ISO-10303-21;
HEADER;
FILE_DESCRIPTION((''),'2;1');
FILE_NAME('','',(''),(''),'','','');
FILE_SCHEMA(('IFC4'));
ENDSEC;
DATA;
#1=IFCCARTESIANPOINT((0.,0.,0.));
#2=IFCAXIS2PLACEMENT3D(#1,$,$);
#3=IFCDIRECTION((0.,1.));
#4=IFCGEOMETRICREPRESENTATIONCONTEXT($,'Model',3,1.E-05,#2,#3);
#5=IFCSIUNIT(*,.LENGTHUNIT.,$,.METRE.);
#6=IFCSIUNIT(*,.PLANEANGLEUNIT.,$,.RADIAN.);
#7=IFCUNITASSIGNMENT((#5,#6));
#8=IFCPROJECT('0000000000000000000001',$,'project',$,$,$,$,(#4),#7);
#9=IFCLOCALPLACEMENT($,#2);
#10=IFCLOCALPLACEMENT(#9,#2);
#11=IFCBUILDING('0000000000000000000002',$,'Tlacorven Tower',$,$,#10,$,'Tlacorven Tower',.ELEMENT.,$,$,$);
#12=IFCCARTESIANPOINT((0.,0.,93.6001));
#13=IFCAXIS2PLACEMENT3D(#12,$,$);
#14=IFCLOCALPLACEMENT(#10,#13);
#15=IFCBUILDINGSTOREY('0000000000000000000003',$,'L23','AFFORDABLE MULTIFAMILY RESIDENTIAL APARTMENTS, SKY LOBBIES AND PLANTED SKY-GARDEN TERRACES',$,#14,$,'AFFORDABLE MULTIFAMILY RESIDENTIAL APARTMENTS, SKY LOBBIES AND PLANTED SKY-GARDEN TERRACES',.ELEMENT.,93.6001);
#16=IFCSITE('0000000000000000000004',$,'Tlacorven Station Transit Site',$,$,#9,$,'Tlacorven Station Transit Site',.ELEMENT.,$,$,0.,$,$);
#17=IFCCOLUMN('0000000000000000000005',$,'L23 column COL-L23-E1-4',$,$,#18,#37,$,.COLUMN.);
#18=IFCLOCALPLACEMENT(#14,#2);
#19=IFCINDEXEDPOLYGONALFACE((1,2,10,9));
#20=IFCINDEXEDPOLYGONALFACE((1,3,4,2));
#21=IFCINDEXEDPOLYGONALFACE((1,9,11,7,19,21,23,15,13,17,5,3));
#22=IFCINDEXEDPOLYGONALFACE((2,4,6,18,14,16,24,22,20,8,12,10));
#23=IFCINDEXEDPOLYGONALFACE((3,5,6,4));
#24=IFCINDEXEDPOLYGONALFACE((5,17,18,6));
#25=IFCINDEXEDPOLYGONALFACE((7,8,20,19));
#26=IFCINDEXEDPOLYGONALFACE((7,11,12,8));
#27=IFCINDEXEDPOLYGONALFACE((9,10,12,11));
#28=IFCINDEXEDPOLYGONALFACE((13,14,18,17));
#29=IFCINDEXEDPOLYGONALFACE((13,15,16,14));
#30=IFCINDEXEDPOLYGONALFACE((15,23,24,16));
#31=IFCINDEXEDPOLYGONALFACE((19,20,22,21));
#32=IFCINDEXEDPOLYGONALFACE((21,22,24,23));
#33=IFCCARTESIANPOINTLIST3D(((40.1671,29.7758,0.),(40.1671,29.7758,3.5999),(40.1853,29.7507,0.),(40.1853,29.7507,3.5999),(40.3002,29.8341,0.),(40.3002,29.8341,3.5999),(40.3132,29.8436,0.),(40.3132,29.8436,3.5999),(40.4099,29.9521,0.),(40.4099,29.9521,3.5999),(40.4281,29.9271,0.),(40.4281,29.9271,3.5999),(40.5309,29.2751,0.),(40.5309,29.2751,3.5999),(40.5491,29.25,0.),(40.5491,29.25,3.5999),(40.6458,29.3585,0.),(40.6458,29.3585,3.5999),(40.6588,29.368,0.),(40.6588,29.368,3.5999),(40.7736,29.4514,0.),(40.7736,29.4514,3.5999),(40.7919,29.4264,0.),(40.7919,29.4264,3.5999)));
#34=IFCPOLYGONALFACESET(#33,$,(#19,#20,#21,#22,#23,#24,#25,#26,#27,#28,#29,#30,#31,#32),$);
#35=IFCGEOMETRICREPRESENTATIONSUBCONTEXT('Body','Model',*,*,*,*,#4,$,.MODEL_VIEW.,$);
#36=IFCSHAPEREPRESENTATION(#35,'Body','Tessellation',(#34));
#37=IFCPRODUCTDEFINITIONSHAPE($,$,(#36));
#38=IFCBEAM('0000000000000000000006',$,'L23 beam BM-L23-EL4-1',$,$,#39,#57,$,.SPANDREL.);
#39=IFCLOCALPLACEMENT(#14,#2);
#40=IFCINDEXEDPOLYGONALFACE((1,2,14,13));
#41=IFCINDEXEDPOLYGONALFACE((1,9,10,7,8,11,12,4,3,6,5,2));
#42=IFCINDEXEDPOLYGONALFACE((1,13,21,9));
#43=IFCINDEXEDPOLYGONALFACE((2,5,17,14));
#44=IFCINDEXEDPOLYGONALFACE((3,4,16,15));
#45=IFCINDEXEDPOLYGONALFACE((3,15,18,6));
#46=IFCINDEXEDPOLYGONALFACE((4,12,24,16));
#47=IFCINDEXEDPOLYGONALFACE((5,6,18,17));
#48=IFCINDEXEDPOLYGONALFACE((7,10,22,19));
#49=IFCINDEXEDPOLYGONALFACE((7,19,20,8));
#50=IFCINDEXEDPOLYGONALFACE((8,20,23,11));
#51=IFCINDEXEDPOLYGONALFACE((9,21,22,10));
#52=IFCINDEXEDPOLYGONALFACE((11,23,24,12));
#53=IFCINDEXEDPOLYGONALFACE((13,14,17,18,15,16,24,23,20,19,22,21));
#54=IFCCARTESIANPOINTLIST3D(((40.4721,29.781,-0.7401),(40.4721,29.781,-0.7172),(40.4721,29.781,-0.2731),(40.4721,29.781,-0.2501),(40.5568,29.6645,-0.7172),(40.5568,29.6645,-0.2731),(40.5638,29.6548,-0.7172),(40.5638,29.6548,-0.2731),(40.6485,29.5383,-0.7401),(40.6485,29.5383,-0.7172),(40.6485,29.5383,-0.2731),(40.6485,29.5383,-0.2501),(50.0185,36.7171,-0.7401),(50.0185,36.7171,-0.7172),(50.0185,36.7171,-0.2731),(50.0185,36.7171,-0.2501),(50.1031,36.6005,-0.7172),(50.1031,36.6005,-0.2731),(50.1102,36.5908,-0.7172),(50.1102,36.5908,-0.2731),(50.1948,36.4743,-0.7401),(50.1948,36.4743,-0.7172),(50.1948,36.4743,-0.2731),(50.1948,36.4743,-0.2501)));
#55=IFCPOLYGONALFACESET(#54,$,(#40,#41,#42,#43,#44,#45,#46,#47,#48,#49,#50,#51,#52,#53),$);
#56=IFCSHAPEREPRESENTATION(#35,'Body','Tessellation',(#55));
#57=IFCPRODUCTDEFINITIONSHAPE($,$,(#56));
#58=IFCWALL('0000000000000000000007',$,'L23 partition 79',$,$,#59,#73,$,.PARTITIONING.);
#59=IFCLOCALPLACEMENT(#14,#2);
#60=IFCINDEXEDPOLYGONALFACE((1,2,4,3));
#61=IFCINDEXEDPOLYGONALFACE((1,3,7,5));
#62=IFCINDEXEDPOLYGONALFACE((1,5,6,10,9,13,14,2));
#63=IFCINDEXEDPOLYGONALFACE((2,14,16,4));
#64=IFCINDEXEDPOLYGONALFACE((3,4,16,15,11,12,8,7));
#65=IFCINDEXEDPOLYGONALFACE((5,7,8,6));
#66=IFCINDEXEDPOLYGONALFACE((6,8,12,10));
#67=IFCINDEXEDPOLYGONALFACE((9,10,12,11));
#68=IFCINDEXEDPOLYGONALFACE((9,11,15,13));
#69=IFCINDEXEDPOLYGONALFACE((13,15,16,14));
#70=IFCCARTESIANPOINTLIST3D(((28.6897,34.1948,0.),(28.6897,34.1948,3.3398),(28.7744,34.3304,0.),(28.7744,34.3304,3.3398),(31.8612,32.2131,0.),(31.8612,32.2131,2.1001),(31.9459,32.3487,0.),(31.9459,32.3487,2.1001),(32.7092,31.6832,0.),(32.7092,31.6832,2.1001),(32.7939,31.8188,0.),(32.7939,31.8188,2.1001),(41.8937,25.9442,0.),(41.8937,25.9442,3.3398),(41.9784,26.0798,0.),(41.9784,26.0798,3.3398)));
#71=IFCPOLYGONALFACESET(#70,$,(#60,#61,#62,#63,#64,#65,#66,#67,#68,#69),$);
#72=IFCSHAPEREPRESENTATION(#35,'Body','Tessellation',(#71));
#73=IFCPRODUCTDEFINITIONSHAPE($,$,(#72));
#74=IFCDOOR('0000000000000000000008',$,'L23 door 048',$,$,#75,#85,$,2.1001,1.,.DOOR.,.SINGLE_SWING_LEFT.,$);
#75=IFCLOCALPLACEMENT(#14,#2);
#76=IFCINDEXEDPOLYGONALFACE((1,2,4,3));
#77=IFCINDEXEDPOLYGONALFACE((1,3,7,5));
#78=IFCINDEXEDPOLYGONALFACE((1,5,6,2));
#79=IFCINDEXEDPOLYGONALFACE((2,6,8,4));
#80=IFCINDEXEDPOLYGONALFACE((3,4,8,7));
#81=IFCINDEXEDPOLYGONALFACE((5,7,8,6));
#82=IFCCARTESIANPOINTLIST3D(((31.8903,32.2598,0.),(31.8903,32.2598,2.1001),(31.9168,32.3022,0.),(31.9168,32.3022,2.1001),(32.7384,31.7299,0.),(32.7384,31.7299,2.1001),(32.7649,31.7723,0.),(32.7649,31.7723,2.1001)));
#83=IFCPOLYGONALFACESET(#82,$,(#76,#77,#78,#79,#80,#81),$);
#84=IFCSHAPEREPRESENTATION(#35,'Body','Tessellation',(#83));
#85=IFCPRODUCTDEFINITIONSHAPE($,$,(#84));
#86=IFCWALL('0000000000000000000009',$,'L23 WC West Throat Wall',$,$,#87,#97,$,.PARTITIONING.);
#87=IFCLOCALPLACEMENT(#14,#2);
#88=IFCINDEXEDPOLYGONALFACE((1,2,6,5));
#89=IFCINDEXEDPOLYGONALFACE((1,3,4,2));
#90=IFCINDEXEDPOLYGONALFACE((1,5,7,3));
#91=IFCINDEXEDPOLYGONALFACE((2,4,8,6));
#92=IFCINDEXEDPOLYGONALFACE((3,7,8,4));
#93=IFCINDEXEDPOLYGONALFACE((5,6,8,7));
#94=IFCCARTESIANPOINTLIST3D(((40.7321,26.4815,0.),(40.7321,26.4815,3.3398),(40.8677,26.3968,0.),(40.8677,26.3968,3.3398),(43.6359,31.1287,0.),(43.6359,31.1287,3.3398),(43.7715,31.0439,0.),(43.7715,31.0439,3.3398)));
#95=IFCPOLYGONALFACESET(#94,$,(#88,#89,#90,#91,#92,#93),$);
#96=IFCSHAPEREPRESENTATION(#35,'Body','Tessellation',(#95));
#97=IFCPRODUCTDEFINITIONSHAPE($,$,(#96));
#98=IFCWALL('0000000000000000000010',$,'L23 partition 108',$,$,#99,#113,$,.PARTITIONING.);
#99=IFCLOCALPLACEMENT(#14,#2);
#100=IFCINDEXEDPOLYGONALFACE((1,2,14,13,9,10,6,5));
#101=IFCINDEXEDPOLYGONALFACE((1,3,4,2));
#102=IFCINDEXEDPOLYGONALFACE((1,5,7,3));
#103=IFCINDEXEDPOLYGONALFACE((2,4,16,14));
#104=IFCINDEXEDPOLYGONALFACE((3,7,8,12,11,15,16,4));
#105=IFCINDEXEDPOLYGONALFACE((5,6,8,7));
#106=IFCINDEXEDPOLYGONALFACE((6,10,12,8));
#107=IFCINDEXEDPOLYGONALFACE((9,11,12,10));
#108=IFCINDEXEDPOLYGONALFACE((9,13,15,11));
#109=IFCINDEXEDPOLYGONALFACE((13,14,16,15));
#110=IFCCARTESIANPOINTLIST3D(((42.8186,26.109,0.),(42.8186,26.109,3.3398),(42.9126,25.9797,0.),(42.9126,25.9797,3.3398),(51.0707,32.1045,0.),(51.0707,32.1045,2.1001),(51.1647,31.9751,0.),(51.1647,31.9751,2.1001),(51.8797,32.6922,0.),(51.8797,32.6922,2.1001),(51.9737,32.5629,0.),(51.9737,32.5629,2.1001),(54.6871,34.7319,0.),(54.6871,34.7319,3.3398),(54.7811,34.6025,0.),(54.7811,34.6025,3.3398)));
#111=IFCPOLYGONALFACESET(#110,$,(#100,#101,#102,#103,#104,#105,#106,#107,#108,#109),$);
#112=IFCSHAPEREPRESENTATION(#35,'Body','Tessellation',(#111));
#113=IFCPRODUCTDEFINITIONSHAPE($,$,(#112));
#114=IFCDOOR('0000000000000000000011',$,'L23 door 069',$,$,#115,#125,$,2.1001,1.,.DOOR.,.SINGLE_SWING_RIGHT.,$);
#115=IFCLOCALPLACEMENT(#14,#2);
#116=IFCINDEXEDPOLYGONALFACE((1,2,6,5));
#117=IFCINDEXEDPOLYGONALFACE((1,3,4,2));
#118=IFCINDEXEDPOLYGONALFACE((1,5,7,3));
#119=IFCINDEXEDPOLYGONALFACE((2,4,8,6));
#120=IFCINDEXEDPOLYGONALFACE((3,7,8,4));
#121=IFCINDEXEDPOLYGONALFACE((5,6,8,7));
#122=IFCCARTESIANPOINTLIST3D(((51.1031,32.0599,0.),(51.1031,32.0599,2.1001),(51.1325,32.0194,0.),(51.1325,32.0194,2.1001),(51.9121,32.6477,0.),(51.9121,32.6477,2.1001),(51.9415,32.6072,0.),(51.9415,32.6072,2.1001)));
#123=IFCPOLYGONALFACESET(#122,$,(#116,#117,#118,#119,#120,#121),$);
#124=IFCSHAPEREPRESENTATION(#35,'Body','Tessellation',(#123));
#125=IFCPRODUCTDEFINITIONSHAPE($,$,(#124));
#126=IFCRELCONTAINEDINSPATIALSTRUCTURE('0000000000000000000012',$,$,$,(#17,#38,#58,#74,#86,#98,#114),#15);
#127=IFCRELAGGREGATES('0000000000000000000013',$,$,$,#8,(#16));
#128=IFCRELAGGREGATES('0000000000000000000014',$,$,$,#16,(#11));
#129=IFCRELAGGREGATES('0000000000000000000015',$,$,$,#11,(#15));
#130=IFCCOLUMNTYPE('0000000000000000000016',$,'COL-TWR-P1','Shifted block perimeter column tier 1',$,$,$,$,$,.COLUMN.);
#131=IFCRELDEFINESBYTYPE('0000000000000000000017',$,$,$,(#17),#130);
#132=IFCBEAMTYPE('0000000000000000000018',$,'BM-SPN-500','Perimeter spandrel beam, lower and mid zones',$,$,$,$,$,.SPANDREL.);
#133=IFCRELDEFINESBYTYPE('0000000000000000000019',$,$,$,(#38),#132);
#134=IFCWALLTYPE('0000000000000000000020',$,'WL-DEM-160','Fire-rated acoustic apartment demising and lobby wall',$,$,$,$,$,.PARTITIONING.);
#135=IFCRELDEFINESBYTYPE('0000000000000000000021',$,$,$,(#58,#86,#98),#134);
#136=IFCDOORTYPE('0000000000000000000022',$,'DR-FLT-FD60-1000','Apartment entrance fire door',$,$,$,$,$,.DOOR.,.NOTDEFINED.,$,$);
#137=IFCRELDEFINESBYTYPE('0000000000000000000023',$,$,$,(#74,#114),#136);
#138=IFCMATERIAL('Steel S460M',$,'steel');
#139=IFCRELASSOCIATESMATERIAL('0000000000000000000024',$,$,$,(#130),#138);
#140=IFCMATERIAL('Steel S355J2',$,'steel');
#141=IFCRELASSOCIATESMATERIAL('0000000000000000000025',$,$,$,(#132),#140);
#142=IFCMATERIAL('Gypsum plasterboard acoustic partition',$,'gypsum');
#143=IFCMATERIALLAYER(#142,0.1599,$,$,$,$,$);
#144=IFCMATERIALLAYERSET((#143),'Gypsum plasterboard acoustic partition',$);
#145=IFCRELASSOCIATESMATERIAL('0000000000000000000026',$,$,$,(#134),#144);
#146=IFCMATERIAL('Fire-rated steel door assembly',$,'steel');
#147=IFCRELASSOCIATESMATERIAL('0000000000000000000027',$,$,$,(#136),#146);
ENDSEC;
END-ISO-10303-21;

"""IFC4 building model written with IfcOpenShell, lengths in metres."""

from ifc_helpers import new_model, si_unit, direction, frame, frame_2d, origin, origin_2d, place, context, subcontext, project, spatial, rectangle, i_section, extrude, source, transform, mapped, material, layer, layer_set, material_profile, profile_set, type_object, element, fill, save


model = new_model("IFC4")

# Units and contexts
model_context = context("Model", 3, precision=1e-05, world=origin(), true_north=direction((0.0, 1.0)))
body_context = subcontext(model_context, "Body", "Model", "MODEL_VIEW")
ifc_project = project(units=[si_unit("LENGTHUNIT", "METRE"), si_unit("PLANEANGLEUNIT", "RADIAN")], contexts=[model_context])

# Site, building, storey
site_placement = place(None, origin())
site = spatial("IfcSite", under=ifc_project, at=site_placement, Name="Tlacorven Station Transit Site", LongName="Tlacorven Station Transit Site", CompositionType="ELEMENT", RefElevation=0.0)
building_placement = place(site_placement, origin())
building = spatial("IfcBuilding", under=site, at=building_placement, Name="Tlacorven Tower", LongName="Tlacorven Tower", CompositionType="ELEMENT")
storey_placement = place(building_placement, frame((0.0, 0.0, 93.6001)))
storey = spatial("IfcBuildingStorey", under=building, at=storey_placement, Name="L23", Description="AFFORDABLE MULTIFAMILY RESIDENTIAL APARTMENTS, SKY LOBBIES AND PLANTED SKY-GARDEN TERRACES", LongName="AFFORDABLE MULTIFAMILY RESIDENTIAL APARTMENTS, SKY LOBBIES AND PLANTED SKY-GARDEN TERRACES", CompositionType="ELEMENT", Elevation=93.6001)

# Column
ifc_material_1 = material(Name="Steel S460M", Category="steel")
ifc_material_profile_1 = material_profile(ifc_material_1, i_section(OverallWidth=0.3, OverallDepth=0.6499, WebThickness=0.0161, FlangeThickness=0.031, at=origin_2d()), Name="HEB 650")
ifc_profile_set_1 = profile_set([ifc_material_profile_1], Name="Steel S460M")
column_type = type_object("IfcColumnType", Name="COL-TWR-P1", Description="Shifted block perimeter column tier 1", PredefinedType="COLUMN", material=ifc_profile_set_1)
shared_shape_1 = source(origin(), body_context, "Body", "SweptSolid", [
    extrude(i_section(OverallWidth=0.3, OverallDepth=0.6499, WebThickness=0.0161, FlangeThickness=0.031, at=origin_2d()), origin(), (0.0, 0.0, 1.0), 3.5999),
])
column_placement = place(storey_placement, frame((40.4795, 29.6011, 0.0), z_axis=(0.0, 0.0, 1.0), x_axis=(0.809017, 0.587785, 0.0)))
element("IfcColumn", 1, at=column_placement, inside=storey, type_object=column_type, Name="L23 column COL-L23-E1-4", PredefinedType="COLUMN", context=body_context, shape_type="MappedRepresentation", body=[
    mapped(shared_shape_1, transform((0.0, 0.0, 0.0), scale=1.0)),
])

# Beam
ifc_material_2 = material(Name="Steel S355J2", Category="steel")
ifc_material_profile_2 = material_profile(ifc_material_2, i_section(OverallWidth=0.3, OverallDepth=0.49, WebThickness=0.012, FlangeThickness=0.0229, at=origin_2d()), Name="HEA 500")
ifc_profile_set_2 = profile_set([ifc_material_profile_2], Name="Steel S355J2")
beam_type = type_object("IfcBeamType", Name="BM-SPN-500", Description="Perimeter spandrel beam, lower and mid zones", PredefinedType="SPANDREL", material=ifc_profile_set_2)
shared_shape_2 = source(origin(), body_context, "Body", "SweptSolid", [
    extrude(i_section(OverallWidth=0.3, OverallDepth=0.49, WebThickness=0.012, FlangeThickness=0.0229, at=origin_2d()), origin(), (0.0, 0.0, 1.0), 11.8),
])
beam_placement = place(storey_placement, frame((40.5603, 29.6597, -0.4951), z_axis=(0.80901, 0.587795, 0.0), x_axis=(-0.587795, 0.80901, 0.0)))
element("IfcBeam", 2, at=beam_placement, inside=storey, type_object=beam_type, Name="L23 beam BM-L23-EL4-1", PredefinedType="SPANDREL", context=body_context, shape_type="MappedRepresentation", body=[
    mapped(shared_shape_2, transform((0.0, 0.0, 0.0), scale=1.0)),
])

# Wall, opening, door
ifc_material_3 = material(Name="Gypsum plasterboard acoustic partition", Category="gypsum")
ifc_layer_1 = layer(ifc_material_3, 0.1599)
ifc_layer_set_1 = layer_set([ifc_layer_1], Name="Gypsum plasterboard acoustic partition")
wall_type_1 = type_object("IfcWallType", Name="WL-DEM-160", Description="Fire-rated acoustic apartment demising and lobby wall", PredefinedType="PARTITIONING", material=ifc_layer_set_1)
wall_1_placement = place(storey_placement, frame((41.936, 26.012, 0.0), z_axis=(0.0, 0.0, 1.0), x_axis=(-0.848051, 0.529914, 0.0)))
wall_1 = element("IfcWall", 3, at=wall_1_placement, inside=storey, type_object=wall_type_1, Name="L23 partition 79", PredefinedType="PARTITIONING", context=body_context, shape_type="SweptSolid", body=[
    extrude(rectangle(XDim=15.5698, YDim=0.1599, at=frame_2d((7.7849, 0.0))), origin(), (0.0, 0.0, 1.0), 3.3398),
])
opening_1_placement = place(wall_1_placement, frame((10.8301, 0.0, 0.0)))
opening_1 = element("IfcOpeningElement", 4, at=opening_1_placement, cuts=wall_1, PredefinedType="OPENING", context=body_context, shape_type="SweptSolid", body=[
    extrude(rectangle(XDim=1.0, YDim=2.1001, at=frame_2d((0.5, 1.05))), frame((0.0, 0.0898, 0.0), z_axis=(0.0, -1.0, 0.0), x_axis=(1.0, 0.0, 0.0)), (0.0, 0.0, 1.0), 0.1799),
])
ifc_material_4 = material(Name="Fire-rated steel door assembly", Category="steel")
door_type_1 = type_object("IfcDoorType", Name="DR-FLT-FD60-1000", Description="Apartment entrance fire door", OperationType="NOTDEFINED", PredefinedType="DOOR", material=ifc_material_4)
shared_shape_3 = source(origin(), body_context, "Body", "SweptSolid", [
    extrude(rectangle(XDim=1.0, YDim=2.1001, at=frame_2d((0.5, 1.05))), frame((0.0, 0.0249, 0.0), z_axis=(0.0, -1.0, 0.0), x_axis=(1.0, 0.0, 0.0)), (0.0, 0.0, 1.0), 0.05),
])
door_1_placement = place(opening_1_placement, origin())
door_1 = element("IfcDoor", 5, at=door_1_placement, inside=storey, type_object=door_type_1, Name="L23 door 048", OperationType="SINGLE_SWING_LEFT", OverallHeight=2.1001, OverallWidth=1.0, PredefinedType="DOOR", context=body_context, shape_type="MappedRepresentation", body=[
    mapped(shared_shape_3, transform((0.0, 0.0, 0.0), scale=1.0)),
])
fill(opening_1, door_1)

# Wall
wall_2_placement = place(storey_placement, frame((43.7036, 31.0862, 0.0), z_axis=(0.0, 0.0, 1.0), x_axis=(-0.529907, -0.848056, 0.0)))
element("IfcWall", 6, at=wall_2_placement, inside=storey, type_object=wall_type_1, Name="L23 WC West Throat Wall", PredefinedType="PARTITIONING", context=body_context, shape_type="SweptSolid", body=[
    extrude(rectangle(XDim=5.4797, YDim=0.1599, at=frame_2d((2.7397, 0.0))), origin(), (0.0, 0.0, 1.0), 3.3398),
])

# Wall, opening, door
wall_3_placement = place(storey_placement, frame((42.8657, 26.0444, 0.0), z_axis=(0.0, 0.0, 1.0), x_axis=(0.80902, 0.587781, 0.0)))
wall_3 = element("IfcWall", 7, at=wall_3_placement, inside=storey, type_object=wall_type_1, Name="L23 partition 108", PredefinedType="PARTITIONING", context=body_context, shape_type="SweptSolid", body=[
    extrude(rectangle(XDim=14.6702, YDim=0.1599, at=frame_2d((7.335, 0.0))), origin(), (0.0, 0.0, 1.0), 3.3398),
])
opening_2_placement = place(wall_3_placement, frame((10.2, 0.0, 0.0)))
opening_2 = element("IfcOpeningElement", 8, at=opening_2_placement, cuts=wall_3, PredefinedType="OPENING", context=body_context, shape_type="SweptSolid", body=[
    extrude(rectangle(XDim=1.0, YDim=2.1001, at=frame_2d((0.5, 1.05))), frame((0.0, 0.0898, 0.0), z_axis=(0.0, -1.0, 0.0), x_axis=(1.0, 0.0, 0.0)), (0.0, 0.0, 1.0), 0.1799),
])
door_2_placement = place(opening_2_placement, origin())
door_2 = element("IfcDoor", 9, at=door_2_placement, inside=storey, type_object=door_type_1, Name="L23 door 069", OperationType="SINGLE_SWING_RIGHT", OverallHeight=2.1001, OverallWidth=1.0, PredefinedType="DOOR", context=body_context, shape_type="MappedRepresentation", body=[
    mapped(shared_shape_3, transform((0.0, 0.0, 0.0), scale=1.0)),
])
fill(opening_2, door_2)

save(model, "model.ifc")
